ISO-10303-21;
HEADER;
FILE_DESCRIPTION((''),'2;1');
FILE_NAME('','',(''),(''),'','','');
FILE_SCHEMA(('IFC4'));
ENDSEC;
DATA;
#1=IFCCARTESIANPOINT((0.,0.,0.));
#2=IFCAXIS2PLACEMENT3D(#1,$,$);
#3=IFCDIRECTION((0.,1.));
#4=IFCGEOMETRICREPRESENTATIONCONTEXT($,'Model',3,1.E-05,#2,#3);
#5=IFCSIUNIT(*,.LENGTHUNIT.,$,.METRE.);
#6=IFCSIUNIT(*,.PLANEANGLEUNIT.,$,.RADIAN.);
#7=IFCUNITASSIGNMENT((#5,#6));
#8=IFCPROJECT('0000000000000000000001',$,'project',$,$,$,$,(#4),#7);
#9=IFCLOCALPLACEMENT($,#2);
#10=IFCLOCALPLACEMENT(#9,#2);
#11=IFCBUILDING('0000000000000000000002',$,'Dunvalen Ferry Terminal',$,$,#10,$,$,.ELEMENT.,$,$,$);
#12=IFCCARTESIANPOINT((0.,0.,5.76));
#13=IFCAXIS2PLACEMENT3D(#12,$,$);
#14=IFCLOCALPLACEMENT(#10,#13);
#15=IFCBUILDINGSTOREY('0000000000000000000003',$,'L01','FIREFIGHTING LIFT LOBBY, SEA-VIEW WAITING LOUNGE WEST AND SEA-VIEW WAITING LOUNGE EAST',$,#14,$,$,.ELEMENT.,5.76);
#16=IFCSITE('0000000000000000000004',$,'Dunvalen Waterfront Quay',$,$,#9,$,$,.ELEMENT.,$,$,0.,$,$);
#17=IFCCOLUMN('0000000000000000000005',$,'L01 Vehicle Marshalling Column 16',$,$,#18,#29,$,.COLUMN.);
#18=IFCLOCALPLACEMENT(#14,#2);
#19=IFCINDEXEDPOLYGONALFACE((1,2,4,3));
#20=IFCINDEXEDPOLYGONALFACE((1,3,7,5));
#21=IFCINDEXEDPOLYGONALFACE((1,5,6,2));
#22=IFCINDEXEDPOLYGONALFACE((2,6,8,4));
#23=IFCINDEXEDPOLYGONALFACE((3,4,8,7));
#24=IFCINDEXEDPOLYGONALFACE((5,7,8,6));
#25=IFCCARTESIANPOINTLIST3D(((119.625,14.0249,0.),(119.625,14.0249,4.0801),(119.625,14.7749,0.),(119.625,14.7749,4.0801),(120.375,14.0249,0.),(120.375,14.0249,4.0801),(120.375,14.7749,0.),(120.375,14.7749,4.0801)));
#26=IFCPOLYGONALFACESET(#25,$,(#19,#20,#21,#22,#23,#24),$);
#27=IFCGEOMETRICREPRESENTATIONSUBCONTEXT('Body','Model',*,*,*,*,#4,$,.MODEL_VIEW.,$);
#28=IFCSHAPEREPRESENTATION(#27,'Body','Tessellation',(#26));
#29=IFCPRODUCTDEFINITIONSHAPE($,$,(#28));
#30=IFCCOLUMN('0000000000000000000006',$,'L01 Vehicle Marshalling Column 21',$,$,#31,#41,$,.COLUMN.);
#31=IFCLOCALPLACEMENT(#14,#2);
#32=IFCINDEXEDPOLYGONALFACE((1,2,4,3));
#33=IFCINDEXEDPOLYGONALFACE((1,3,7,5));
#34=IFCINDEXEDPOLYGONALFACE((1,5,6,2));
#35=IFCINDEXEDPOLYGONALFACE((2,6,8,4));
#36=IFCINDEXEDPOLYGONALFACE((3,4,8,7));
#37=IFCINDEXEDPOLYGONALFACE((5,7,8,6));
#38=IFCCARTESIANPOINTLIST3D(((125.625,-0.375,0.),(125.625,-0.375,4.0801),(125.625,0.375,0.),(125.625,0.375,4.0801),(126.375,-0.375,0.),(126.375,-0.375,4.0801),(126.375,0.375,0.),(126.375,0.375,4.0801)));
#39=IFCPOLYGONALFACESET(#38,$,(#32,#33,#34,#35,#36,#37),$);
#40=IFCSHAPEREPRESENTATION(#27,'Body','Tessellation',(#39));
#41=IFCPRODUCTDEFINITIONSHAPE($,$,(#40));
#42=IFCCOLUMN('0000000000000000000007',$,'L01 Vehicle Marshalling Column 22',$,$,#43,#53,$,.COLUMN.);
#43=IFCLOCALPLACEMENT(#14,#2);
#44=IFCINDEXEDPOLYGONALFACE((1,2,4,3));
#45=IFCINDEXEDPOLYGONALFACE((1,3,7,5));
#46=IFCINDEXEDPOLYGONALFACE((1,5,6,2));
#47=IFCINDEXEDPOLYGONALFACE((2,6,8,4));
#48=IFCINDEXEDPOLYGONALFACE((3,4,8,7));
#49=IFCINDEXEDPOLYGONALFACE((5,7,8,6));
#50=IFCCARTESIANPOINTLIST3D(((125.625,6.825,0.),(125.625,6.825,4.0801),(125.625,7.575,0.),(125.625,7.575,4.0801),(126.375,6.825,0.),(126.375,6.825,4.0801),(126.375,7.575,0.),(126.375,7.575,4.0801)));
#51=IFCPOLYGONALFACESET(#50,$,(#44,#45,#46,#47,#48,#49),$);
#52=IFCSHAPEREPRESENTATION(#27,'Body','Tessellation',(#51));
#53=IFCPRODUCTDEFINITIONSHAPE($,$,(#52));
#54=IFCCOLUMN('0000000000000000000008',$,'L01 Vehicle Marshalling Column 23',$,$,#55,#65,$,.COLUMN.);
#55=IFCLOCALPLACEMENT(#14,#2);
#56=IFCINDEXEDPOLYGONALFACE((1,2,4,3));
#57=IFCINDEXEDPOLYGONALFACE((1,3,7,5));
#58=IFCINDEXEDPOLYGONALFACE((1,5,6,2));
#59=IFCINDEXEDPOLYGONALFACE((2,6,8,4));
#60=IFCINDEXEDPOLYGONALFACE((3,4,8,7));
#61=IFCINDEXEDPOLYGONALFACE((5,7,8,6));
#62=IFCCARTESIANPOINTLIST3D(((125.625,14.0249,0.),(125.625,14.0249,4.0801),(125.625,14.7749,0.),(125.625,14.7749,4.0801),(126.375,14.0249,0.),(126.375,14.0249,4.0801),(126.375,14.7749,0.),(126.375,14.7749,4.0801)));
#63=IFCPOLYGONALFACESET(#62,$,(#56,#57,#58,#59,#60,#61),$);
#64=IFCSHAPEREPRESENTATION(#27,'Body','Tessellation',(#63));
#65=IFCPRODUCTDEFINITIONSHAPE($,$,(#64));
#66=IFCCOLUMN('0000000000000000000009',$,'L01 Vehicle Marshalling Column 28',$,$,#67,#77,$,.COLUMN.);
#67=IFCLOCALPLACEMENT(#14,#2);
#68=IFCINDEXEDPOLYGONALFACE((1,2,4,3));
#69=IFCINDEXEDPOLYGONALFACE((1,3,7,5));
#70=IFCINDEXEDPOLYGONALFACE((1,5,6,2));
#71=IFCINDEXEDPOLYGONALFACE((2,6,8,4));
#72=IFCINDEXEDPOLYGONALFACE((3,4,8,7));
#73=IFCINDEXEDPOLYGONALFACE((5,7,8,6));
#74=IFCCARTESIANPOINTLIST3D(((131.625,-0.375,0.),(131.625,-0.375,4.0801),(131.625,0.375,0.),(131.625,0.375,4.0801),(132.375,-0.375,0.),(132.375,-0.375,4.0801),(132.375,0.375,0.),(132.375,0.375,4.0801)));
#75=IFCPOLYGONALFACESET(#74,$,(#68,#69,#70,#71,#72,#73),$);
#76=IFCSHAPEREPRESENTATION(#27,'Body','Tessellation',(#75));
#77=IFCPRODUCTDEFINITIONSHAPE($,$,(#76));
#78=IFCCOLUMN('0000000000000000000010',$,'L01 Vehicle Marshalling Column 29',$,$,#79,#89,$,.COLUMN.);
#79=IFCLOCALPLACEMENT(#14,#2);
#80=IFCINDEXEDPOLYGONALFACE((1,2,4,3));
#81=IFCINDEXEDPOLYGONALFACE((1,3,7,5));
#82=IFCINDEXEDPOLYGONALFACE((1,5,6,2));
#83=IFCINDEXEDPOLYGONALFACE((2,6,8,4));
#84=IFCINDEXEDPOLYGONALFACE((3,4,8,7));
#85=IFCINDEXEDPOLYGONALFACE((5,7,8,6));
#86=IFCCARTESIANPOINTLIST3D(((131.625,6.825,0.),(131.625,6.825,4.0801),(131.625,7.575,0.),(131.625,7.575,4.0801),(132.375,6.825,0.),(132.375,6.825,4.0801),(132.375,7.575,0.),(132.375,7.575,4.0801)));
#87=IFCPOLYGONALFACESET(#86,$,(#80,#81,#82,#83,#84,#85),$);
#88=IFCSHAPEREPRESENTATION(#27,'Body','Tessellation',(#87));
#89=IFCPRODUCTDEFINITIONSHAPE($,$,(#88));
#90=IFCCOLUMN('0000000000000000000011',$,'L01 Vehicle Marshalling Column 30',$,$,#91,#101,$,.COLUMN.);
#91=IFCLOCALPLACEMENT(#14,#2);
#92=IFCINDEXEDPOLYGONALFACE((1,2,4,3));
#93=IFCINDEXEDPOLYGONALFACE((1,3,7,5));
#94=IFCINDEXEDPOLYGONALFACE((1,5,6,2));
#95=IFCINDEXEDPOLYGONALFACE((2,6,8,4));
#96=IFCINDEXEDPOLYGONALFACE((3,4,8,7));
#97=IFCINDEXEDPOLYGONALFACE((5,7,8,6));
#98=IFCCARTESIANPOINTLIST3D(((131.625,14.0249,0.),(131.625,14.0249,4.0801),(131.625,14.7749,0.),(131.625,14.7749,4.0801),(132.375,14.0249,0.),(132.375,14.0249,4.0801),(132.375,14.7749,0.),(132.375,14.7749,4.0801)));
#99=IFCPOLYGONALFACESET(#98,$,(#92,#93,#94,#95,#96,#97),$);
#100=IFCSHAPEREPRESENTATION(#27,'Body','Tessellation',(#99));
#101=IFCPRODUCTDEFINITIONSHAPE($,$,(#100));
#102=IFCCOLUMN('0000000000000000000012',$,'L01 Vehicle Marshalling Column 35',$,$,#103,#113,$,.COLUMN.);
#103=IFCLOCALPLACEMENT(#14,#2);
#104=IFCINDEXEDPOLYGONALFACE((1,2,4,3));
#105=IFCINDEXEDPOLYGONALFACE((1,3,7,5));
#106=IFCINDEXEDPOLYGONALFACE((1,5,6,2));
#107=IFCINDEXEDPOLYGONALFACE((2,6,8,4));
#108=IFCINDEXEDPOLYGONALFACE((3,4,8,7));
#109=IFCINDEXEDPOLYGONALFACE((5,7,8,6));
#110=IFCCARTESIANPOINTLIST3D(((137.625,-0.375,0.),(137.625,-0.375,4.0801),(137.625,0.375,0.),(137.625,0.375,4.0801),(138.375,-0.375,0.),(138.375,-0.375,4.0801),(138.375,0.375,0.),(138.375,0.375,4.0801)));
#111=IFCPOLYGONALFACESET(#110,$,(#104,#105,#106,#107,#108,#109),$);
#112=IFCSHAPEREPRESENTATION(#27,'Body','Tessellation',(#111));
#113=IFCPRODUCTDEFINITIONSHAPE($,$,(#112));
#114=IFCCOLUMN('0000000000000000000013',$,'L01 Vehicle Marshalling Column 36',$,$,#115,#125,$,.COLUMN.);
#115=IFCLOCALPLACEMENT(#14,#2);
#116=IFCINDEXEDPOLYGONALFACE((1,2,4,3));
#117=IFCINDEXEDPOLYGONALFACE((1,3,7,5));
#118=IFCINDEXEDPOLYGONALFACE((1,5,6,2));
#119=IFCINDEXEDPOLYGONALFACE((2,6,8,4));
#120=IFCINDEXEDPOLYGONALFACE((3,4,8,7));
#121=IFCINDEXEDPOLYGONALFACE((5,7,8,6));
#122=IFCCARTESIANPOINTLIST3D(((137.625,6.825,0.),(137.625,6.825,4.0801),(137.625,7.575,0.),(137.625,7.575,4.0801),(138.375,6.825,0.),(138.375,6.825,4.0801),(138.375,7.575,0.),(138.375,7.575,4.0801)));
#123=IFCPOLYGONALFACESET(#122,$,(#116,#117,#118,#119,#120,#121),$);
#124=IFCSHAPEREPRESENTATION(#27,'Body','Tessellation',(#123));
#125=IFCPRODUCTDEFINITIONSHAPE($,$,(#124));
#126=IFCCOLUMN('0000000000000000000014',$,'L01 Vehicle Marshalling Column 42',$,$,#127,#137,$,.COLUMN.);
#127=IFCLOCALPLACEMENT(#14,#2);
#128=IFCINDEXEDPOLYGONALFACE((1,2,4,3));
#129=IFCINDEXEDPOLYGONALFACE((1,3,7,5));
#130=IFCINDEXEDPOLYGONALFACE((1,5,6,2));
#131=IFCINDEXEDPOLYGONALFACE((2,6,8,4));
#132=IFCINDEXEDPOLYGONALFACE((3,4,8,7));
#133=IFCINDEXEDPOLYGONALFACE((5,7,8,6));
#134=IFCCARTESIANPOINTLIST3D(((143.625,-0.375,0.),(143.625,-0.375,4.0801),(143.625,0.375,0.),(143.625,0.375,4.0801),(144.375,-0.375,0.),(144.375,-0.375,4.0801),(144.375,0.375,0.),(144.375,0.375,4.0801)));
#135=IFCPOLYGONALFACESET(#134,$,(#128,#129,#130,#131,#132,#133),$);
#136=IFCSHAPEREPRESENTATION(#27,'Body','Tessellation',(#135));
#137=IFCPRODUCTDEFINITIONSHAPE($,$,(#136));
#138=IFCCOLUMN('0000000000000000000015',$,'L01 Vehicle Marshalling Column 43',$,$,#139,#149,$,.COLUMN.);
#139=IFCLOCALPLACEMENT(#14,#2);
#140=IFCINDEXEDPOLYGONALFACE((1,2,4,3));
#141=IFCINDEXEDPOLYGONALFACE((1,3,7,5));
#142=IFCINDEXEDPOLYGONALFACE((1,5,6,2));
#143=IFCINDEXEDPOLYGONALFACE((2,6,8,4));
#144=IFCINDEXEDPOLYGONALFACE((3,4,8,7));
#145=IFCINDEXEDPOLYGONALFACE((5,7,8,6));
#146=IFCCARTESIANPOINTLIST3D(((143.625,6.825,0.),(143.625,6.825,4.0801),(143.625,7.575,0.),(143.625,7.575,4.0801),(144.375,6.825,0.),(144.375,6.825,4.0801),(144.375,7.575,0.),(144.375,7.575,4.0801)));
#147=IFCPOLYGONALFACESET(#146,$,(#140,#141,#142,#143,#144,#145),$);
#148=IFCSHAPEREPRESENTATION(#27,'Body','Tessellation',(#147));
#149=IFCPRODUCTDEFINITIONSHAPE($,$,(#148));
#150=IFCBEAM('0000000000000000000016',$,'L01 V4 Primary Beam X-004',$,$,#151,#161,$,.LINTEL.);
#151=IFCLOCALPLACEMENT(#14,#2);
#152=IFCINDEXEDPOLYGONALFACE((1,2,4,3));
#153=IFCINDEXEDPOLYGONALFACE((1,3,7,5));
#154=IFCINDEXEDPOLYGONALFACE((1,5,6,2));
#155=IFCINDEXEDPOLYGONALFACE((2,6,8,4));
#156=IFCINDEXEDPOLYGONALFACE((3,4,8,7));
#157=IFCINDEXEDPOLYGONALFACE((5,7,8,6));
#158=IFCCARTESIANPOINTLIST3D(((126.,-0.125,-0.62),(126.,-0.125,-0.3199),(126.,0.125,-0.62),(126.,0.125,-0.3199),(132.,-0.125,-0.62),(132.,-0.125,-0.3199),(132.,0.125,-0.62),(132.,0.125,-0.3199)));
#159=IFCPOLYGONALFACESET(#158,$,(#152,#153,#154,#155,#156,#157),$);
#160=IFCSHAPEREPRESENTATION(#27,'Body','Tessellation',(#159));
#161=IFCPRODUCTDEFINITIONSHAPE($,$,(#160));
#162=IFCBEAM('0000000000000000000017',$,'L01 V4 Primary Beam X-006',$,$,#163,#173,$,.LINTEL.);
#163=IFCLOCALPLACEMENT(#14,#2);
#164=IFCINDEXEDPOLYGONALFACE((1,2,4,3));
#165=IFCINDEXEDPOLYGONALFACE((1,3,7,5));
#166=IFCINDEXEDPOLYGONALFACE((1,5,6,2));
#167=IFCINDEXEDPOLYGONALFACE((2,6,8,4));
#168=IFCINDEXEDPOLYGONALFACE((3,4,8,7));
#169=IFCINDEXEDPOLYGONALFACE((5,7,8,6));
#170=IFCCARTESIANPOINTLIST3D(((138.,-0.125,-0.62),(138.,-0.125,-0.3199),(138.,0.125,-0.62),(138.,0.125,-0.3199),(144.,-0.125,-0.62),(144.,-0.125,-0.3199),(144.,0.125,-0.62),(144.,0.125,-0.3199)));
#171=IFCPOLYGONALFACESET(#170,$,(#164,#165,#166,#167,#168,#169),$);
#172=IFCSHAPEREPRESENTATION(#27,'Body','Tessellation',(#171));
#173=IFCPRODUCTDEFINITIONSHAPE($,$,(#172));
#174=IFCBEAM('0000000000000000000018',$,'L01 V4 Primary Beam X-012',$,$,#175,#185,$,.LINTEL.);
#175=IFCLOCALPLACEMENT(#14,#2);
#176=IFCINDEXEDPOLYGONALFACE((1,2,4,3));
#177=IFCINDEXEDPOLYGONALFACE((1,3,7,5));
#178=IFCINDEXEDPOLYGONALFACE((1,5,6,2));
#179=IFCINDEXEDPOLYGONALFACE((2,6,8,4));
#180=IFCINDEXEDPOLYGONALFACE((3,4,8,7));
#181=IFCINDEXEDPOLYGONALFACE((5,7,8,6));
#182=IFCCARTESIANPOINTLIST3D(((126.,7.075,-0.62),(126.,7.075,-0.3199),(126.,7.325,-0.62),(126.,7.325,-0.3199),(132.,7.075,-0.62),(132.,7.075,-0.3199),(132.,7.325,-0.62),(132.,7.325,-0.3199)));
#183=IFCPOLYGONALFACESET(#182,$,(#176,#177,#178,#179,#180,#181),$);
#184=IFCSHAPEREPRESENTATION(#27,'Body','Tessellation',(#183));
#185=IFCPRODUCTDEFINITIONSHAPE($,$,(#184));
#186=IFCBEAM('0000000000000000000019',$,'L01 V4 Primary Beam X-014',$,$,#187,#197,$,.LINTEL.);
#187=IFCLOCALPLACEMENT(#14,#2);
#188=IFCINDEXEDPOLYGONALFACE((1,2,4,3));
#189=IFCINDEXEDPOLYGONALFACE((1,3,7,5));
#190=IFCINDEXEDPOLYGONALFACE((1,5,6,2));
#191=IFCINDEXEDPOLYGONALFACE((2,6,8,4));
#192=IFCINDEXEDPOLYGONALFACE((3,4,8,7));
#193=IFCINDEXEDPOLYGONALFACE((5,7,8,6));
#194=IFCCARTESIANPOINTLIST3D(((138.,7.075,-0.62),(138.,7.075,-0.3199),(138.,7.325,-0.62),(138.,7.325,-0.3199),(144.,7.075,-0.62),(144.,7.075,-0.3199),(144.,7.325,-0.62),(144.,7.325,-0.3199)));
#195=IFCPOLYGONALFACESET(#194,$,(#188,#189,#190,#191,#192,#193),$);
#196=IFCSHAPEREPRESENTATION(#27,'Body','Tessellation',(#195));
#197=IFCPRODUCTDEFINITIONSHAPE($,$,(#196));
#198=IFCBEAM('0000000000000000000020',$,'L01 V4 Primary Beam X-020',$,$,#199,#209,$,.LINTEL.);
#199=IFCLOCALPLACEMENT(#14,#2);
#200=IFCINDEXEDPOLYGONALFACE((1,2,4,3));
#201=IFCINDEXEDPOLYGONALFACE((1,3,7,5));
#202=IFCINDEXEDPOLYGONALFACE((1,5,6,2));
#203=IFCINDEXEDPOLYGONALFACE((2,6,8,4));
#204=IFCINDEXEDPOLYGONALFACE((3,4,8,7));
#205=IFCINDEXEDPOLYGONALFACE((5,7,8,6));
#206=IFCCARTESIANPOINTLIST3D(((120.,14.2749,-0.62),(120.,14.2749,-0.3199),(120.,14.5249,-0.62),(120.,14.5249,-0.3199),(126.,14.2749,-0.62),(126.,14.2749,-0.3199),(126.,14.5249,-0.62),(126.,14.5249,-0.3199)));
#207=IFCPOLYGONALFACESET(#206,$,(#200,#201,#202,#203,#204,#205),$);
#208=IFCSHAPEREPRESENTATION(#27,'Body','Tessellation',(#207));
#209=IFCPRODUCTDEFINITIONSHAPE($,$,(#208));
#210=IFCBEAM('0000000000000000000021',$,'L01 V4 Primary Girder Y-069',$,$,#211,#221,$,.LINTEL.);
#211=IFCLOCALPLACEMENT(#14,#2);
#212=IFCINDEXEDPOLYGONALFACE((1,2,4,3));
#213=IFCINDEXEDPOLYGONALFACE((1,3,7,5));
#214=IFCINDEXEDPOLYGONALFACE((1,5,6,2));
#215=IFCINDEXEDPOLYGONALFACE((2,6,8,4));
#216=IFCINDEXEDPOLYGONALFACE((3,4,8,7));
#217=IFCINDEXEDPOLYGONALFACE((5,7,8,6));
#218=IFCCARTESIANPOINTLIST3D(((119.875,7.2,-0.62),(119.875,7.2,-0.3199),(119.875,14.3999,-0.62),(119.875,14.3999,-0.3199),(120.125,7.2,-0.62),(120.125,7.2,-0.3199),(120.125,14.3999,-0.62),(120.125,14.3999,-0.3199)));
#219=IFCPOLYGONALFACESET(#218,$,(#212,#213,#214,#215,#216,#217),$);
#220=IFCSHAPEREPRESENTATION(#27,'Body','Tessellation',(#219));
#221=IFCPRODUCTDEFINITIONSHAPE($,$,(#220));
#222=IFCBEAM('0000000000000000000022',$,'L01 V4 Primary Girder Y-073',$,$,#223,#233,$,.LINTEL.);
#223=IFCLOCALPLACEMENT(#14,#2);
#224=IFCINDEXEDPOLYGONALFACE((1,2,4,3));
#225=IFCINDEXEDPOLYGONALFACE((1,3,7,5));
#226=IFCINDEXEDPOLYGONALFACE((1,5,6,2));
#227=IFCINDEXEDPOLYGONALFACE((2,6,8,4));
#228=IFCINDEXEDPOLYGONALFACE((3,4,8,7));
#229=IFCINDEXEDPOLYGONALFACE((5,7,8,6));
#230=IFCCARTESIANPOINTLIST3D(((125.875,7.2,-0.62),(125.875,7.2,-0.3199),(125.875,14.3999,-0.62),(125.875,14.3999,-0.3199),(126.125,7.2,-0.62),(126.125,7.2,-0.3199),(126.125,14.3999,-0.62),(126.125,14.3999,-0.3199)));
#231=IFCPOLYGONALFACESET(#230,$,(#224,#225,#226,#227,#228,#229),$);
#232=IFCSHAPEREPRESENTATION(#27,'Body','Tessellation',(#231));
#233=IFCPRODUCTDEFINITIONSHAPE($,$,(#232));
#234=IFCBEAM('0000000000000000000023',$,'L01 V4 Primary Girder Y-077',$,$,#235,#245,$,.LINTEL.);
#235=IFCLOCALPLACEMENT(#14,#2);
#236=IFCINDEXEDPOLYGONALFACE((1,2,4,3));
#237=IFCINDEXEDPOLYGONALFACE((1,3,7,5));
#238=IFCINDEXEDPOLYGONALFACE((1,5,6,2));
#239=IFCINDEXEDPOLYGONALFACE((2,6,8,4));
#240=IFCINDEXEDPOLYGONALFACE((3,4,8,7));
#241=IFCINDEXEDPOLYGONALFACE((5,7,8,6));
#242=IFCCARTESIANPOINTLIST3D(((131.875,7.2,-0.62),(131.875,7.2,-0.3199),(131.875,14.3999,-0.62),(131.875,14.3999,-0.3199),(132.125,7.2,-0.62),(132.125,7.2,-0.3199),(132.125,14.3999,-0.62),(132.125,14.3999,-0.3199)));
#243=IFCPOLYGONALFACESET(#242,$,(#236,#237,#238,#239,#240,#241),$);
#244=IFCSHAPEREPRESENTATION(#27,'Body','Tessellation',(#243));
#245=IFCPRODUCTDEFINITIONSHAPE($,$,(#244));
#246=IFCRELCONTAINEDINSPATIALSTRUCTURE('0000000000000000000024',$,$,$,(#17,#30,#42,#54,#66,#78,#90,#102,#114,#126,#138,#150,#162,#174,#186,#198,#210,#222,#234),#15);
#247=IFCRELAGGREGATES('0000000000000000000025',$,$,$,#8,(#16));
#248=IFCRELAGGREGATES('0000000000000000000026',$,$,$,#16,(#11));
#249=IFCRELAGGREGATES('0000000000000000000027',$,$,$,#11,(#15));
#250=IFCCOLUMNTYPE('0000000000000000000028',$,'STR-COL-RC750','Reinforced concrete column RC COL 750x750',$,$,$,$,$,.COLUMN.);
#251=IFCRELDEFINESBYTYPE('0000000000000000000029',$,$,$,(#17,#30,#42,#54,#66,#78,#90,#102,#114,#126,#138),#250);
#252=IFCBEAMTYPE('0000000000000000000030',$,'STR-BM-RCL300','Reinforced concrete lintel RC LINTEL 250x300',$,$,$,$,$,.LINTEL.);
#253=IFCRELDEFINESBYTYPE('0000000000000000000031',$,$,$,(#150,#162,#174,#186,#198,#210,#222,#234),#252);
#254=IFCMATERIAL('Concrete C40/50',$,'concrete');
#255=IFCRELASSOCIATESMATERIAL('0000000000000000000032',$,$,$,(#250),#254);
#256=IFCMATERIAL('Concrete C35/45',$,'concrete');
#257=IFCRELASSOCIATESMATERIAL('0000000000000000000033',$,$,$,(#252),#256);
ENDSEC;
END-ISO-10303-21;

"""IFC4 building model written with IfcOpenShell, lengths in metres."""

from ifc_helpers import new_model, si_unit, direction, frame, origin, origin_2d, place, context, subcontext, project, spatial, rectangle, extrude, material, material_profile, profile_set, type_object, element, save


model = new_model("IFC4")

# Units and contexts
model_context = context("Model", 3, precision=1e-05, world=origin(), true_north=direction((0.0, 1.0)))
body_context = subcontext(model_context, "Body", "Model", "MODEL_VIEW")
ifc_project = project(units=[si_unit("LENGTHUNIT", "METRE"), si_unit("PLANEANGLEUNIT", "RADIAN")], contexts=[model_context])

# Site, building, storey
site_placement = place(None, origin())
site = spatial("IfcSite", under=ifc_project, at=site_placement, Name="Dunvalen Waterfront Quay", CompositionType="ELEMENT", RefElevation=0.0)
building_placement = place(site_placement, origin())
building = spatial("IfcBuilding", under=site, at=building_placement, Name="Dunvalen Ferry Terminal", CompositionType="ELEMENT")
storey_placement = place(building_placement, frame((0.0, 0.0, 5.76)))
storey = spatial("IfcBuildingStorey", under=building, at=storey_placement, Name="L01", Description="FIREFIGHTING LIFT LOBBY, SEA-VIEW WAITING LOUNGE WEST AND SEA-VIEW WAITING LOUNGE EAST", CompositionType="ELEMENT", Elevation=5.76)

# Columns
ifc_material_1 = material(Name="Concrete C40/50", Category="concrete")
ifc_material_profile_1 = material_profile(ifc_material_1, rectangle(XDim=0.75, YDim=0.75, at=origin_2d()), Name="Concrete C40/50")
ifc_profile_set_1 = profile_set([ifc_material_profile_1], Name="Concrete C40/50")
column_type = type_object("IfcColumnType", Name="STR-COL-RC750", Description="Reinforced concrete column RC COL 750x750", PredefinedType="COLUMN", material=ifc_profile_set_1)
for number, where, z_axis, x_axis, name in (
    (1, (120.0, 14.3999, 0.0), (0.0, 0.0, 1.0), (1.0, 0.0, 0.0), "L01 Vehicle Marshalling Column 16"),
    (2, (126.0, 0.0, 0.0), (0.0, 0.0, 1.0), (1.0, 0.0, 0.0), "L01 Vehicle Marshalling Column 21"),
    (3, (126.0, 7.2, 0.0), (0.0, 0.0, 1.0), (1.0, 0.0, 0.0), "L01 Vehicle Marshalling Column 22"),
    (4, (126.0, 14.3999, 0.0), (0.0, 0.0, 1.0), (1.0, 0.0, 0.0), "L01 Vehicle Marshalling Column 23"),
    (5, (132.0, 0.0, 0.0), (0.0, 0.0, 1.0), (1.0, 0.0, 0.0), "L01 Vehicle Marshalling Column 28"),
    (6, (132.0, 7.2, 0.0), (0.0, 0.0, 1.0), (1.0, 0.0, 0.0), "L01 Vehicle Marshalling Column 29"),
    (7, (132.0, 14.3999, 0.0), (0.0, 0.0, 1.0), (1.0, 0.0, 0.0), "L01 Vehicle Marshalling Column 30"),
    (8, (138.0, 0.0, 0.0), (0.0, 0.0, 1.0), (1.0, 0.0, 0.0), "L01 Vehicle Marshalling Column 35"),
    (9, (138.0, 7.2, 0.0), (0.0, 0.0, 1.0), (1.0, 0.0, 0.0), "L01 Vehicle Marshalling Column 36"),
    (10, (144.0, 0.0, 0.0), (0.0, 0.0, 1.0), (1.0, 0.0, 0.0), "L01 Vehicle Marshalling Column 42"),
    (11, (144.0, 7.2, 0.0), (0.0, 0.0, 1.0), (1.0, 0.0, 0.0), "L01 Vehicle Marshalling Column 43"),
):
    element("IfcColumn", number, at=place(storey_placement, frame(where, z_axis=z_axis, x_axis=x_axis)), inside=storey, type_object=column_type, Name=name, PredefinedType="COLUMN", context=body_context, shape_type="SweptSolid", body=[
        extrude(rectangle(XDim=0.75, YDim=0.75, at=origin_2d()), origin(), (0.0, 0.0, 1.0), 4.0801),
    ])

# Beams
ifc_material_2 = material(Name="Concrete C35/45", Category="concrete")
ifc_material_profile_2 = material_profile(ifc_material_2, rectangle(XDim=0.25, YDim=0.3, at=origin_2d()), Name="Concrete C35/45")
ifc_profile_set_2 = profile_set([ifc_material_profile_2], Name="Concrete C35/45")
beam_type_1 = type_object("IfcBeamType", Name="STR-BM-RCL300", Description="Reinforced concrete lintel RC LINTEL 250x300", PredefinedType="LINTEL", material=ifc_profile_set_2)
for number, where, z_axis, x_axis, name in (
    (12, (126.0, 0.0, -0.47), (1.0, 0.0, 0.0), (0.0, 1.0, 0.0), "L01 V4 Primary Beam X-004"),
    (13, (138.0, 0.0, -0.47), (1.0, 0.0, 0.0), (0.0, 1.0, 0.0), "L01 V4 Primary Beam X-006"),
    (14, (126.0, 7.2, -0.47), (1.0, 0.0, 0.0), (0.0, 1.0, 0.0), "L01 V4 Primary Beam X-012"),
    (15, (138.0, 7.2, -0.47), (1.0, 0.0, 0.0), (0.0, 1.0, 0.0), "L01 V4 Primary Beam X-014"),
    (16, (120.0, 14.3999, -0.47), (1.0, 0.0, 0.0), (0.0, 1.0, 0.0), "L01 V4 Primary Beam X-020"),
):
    element("IfcBeam", number, at=place(storey_placement, frame(where, z_axis=z_axis, x_axis=x_axis)), inside=storey, type_object=beam_type_1, Name=name, PredefinedType="LINTEL", context=body_context, shape_type="SweptSolid", body=[
        extrude(rectangle(XDim=0.25, YDim=0.3, at=origin_2d()), origin(), (0.0, 0.0, 1.0), 6.0),
    ])
for number, where, z_axis, x_axis, name in (
    (17, (120.0, 7.2, -0.47), (0.0, 1.0, 0.0), (-1.0, 0.0, 0.0), "L01 V4 Primary Girder Y-069"),
    (18, (126.0, 7.2, -0.47), (0.0, 1.0, 0.0), (-1.0, 0.0, 0.0), "L01 V4 Primary Girder Y-073"),
    (19, (132.0, 7.2, -0.47), (0.0, 1.0, 0.0), (-1.0, 0.0, 0.0), "L01 V4 Primary Girder Y-077"),
):
    element("IfcBeam", number, at=place(storey_placement, frame(where, z_axis=z_axis, x_axis=x_axis)), inside=storey, type_object=beam_type_1, Name=name, PredefinedType="LINTEL", context=body_context, shape_type="SweptSolid", body=[
        extrude(rectangle(XDim=0.25, YDim=0.3, at=origin_2d()), origin(), (0.0, 0.0, 1.0), 7.2),
    ])

save(model, "model.ifc")
